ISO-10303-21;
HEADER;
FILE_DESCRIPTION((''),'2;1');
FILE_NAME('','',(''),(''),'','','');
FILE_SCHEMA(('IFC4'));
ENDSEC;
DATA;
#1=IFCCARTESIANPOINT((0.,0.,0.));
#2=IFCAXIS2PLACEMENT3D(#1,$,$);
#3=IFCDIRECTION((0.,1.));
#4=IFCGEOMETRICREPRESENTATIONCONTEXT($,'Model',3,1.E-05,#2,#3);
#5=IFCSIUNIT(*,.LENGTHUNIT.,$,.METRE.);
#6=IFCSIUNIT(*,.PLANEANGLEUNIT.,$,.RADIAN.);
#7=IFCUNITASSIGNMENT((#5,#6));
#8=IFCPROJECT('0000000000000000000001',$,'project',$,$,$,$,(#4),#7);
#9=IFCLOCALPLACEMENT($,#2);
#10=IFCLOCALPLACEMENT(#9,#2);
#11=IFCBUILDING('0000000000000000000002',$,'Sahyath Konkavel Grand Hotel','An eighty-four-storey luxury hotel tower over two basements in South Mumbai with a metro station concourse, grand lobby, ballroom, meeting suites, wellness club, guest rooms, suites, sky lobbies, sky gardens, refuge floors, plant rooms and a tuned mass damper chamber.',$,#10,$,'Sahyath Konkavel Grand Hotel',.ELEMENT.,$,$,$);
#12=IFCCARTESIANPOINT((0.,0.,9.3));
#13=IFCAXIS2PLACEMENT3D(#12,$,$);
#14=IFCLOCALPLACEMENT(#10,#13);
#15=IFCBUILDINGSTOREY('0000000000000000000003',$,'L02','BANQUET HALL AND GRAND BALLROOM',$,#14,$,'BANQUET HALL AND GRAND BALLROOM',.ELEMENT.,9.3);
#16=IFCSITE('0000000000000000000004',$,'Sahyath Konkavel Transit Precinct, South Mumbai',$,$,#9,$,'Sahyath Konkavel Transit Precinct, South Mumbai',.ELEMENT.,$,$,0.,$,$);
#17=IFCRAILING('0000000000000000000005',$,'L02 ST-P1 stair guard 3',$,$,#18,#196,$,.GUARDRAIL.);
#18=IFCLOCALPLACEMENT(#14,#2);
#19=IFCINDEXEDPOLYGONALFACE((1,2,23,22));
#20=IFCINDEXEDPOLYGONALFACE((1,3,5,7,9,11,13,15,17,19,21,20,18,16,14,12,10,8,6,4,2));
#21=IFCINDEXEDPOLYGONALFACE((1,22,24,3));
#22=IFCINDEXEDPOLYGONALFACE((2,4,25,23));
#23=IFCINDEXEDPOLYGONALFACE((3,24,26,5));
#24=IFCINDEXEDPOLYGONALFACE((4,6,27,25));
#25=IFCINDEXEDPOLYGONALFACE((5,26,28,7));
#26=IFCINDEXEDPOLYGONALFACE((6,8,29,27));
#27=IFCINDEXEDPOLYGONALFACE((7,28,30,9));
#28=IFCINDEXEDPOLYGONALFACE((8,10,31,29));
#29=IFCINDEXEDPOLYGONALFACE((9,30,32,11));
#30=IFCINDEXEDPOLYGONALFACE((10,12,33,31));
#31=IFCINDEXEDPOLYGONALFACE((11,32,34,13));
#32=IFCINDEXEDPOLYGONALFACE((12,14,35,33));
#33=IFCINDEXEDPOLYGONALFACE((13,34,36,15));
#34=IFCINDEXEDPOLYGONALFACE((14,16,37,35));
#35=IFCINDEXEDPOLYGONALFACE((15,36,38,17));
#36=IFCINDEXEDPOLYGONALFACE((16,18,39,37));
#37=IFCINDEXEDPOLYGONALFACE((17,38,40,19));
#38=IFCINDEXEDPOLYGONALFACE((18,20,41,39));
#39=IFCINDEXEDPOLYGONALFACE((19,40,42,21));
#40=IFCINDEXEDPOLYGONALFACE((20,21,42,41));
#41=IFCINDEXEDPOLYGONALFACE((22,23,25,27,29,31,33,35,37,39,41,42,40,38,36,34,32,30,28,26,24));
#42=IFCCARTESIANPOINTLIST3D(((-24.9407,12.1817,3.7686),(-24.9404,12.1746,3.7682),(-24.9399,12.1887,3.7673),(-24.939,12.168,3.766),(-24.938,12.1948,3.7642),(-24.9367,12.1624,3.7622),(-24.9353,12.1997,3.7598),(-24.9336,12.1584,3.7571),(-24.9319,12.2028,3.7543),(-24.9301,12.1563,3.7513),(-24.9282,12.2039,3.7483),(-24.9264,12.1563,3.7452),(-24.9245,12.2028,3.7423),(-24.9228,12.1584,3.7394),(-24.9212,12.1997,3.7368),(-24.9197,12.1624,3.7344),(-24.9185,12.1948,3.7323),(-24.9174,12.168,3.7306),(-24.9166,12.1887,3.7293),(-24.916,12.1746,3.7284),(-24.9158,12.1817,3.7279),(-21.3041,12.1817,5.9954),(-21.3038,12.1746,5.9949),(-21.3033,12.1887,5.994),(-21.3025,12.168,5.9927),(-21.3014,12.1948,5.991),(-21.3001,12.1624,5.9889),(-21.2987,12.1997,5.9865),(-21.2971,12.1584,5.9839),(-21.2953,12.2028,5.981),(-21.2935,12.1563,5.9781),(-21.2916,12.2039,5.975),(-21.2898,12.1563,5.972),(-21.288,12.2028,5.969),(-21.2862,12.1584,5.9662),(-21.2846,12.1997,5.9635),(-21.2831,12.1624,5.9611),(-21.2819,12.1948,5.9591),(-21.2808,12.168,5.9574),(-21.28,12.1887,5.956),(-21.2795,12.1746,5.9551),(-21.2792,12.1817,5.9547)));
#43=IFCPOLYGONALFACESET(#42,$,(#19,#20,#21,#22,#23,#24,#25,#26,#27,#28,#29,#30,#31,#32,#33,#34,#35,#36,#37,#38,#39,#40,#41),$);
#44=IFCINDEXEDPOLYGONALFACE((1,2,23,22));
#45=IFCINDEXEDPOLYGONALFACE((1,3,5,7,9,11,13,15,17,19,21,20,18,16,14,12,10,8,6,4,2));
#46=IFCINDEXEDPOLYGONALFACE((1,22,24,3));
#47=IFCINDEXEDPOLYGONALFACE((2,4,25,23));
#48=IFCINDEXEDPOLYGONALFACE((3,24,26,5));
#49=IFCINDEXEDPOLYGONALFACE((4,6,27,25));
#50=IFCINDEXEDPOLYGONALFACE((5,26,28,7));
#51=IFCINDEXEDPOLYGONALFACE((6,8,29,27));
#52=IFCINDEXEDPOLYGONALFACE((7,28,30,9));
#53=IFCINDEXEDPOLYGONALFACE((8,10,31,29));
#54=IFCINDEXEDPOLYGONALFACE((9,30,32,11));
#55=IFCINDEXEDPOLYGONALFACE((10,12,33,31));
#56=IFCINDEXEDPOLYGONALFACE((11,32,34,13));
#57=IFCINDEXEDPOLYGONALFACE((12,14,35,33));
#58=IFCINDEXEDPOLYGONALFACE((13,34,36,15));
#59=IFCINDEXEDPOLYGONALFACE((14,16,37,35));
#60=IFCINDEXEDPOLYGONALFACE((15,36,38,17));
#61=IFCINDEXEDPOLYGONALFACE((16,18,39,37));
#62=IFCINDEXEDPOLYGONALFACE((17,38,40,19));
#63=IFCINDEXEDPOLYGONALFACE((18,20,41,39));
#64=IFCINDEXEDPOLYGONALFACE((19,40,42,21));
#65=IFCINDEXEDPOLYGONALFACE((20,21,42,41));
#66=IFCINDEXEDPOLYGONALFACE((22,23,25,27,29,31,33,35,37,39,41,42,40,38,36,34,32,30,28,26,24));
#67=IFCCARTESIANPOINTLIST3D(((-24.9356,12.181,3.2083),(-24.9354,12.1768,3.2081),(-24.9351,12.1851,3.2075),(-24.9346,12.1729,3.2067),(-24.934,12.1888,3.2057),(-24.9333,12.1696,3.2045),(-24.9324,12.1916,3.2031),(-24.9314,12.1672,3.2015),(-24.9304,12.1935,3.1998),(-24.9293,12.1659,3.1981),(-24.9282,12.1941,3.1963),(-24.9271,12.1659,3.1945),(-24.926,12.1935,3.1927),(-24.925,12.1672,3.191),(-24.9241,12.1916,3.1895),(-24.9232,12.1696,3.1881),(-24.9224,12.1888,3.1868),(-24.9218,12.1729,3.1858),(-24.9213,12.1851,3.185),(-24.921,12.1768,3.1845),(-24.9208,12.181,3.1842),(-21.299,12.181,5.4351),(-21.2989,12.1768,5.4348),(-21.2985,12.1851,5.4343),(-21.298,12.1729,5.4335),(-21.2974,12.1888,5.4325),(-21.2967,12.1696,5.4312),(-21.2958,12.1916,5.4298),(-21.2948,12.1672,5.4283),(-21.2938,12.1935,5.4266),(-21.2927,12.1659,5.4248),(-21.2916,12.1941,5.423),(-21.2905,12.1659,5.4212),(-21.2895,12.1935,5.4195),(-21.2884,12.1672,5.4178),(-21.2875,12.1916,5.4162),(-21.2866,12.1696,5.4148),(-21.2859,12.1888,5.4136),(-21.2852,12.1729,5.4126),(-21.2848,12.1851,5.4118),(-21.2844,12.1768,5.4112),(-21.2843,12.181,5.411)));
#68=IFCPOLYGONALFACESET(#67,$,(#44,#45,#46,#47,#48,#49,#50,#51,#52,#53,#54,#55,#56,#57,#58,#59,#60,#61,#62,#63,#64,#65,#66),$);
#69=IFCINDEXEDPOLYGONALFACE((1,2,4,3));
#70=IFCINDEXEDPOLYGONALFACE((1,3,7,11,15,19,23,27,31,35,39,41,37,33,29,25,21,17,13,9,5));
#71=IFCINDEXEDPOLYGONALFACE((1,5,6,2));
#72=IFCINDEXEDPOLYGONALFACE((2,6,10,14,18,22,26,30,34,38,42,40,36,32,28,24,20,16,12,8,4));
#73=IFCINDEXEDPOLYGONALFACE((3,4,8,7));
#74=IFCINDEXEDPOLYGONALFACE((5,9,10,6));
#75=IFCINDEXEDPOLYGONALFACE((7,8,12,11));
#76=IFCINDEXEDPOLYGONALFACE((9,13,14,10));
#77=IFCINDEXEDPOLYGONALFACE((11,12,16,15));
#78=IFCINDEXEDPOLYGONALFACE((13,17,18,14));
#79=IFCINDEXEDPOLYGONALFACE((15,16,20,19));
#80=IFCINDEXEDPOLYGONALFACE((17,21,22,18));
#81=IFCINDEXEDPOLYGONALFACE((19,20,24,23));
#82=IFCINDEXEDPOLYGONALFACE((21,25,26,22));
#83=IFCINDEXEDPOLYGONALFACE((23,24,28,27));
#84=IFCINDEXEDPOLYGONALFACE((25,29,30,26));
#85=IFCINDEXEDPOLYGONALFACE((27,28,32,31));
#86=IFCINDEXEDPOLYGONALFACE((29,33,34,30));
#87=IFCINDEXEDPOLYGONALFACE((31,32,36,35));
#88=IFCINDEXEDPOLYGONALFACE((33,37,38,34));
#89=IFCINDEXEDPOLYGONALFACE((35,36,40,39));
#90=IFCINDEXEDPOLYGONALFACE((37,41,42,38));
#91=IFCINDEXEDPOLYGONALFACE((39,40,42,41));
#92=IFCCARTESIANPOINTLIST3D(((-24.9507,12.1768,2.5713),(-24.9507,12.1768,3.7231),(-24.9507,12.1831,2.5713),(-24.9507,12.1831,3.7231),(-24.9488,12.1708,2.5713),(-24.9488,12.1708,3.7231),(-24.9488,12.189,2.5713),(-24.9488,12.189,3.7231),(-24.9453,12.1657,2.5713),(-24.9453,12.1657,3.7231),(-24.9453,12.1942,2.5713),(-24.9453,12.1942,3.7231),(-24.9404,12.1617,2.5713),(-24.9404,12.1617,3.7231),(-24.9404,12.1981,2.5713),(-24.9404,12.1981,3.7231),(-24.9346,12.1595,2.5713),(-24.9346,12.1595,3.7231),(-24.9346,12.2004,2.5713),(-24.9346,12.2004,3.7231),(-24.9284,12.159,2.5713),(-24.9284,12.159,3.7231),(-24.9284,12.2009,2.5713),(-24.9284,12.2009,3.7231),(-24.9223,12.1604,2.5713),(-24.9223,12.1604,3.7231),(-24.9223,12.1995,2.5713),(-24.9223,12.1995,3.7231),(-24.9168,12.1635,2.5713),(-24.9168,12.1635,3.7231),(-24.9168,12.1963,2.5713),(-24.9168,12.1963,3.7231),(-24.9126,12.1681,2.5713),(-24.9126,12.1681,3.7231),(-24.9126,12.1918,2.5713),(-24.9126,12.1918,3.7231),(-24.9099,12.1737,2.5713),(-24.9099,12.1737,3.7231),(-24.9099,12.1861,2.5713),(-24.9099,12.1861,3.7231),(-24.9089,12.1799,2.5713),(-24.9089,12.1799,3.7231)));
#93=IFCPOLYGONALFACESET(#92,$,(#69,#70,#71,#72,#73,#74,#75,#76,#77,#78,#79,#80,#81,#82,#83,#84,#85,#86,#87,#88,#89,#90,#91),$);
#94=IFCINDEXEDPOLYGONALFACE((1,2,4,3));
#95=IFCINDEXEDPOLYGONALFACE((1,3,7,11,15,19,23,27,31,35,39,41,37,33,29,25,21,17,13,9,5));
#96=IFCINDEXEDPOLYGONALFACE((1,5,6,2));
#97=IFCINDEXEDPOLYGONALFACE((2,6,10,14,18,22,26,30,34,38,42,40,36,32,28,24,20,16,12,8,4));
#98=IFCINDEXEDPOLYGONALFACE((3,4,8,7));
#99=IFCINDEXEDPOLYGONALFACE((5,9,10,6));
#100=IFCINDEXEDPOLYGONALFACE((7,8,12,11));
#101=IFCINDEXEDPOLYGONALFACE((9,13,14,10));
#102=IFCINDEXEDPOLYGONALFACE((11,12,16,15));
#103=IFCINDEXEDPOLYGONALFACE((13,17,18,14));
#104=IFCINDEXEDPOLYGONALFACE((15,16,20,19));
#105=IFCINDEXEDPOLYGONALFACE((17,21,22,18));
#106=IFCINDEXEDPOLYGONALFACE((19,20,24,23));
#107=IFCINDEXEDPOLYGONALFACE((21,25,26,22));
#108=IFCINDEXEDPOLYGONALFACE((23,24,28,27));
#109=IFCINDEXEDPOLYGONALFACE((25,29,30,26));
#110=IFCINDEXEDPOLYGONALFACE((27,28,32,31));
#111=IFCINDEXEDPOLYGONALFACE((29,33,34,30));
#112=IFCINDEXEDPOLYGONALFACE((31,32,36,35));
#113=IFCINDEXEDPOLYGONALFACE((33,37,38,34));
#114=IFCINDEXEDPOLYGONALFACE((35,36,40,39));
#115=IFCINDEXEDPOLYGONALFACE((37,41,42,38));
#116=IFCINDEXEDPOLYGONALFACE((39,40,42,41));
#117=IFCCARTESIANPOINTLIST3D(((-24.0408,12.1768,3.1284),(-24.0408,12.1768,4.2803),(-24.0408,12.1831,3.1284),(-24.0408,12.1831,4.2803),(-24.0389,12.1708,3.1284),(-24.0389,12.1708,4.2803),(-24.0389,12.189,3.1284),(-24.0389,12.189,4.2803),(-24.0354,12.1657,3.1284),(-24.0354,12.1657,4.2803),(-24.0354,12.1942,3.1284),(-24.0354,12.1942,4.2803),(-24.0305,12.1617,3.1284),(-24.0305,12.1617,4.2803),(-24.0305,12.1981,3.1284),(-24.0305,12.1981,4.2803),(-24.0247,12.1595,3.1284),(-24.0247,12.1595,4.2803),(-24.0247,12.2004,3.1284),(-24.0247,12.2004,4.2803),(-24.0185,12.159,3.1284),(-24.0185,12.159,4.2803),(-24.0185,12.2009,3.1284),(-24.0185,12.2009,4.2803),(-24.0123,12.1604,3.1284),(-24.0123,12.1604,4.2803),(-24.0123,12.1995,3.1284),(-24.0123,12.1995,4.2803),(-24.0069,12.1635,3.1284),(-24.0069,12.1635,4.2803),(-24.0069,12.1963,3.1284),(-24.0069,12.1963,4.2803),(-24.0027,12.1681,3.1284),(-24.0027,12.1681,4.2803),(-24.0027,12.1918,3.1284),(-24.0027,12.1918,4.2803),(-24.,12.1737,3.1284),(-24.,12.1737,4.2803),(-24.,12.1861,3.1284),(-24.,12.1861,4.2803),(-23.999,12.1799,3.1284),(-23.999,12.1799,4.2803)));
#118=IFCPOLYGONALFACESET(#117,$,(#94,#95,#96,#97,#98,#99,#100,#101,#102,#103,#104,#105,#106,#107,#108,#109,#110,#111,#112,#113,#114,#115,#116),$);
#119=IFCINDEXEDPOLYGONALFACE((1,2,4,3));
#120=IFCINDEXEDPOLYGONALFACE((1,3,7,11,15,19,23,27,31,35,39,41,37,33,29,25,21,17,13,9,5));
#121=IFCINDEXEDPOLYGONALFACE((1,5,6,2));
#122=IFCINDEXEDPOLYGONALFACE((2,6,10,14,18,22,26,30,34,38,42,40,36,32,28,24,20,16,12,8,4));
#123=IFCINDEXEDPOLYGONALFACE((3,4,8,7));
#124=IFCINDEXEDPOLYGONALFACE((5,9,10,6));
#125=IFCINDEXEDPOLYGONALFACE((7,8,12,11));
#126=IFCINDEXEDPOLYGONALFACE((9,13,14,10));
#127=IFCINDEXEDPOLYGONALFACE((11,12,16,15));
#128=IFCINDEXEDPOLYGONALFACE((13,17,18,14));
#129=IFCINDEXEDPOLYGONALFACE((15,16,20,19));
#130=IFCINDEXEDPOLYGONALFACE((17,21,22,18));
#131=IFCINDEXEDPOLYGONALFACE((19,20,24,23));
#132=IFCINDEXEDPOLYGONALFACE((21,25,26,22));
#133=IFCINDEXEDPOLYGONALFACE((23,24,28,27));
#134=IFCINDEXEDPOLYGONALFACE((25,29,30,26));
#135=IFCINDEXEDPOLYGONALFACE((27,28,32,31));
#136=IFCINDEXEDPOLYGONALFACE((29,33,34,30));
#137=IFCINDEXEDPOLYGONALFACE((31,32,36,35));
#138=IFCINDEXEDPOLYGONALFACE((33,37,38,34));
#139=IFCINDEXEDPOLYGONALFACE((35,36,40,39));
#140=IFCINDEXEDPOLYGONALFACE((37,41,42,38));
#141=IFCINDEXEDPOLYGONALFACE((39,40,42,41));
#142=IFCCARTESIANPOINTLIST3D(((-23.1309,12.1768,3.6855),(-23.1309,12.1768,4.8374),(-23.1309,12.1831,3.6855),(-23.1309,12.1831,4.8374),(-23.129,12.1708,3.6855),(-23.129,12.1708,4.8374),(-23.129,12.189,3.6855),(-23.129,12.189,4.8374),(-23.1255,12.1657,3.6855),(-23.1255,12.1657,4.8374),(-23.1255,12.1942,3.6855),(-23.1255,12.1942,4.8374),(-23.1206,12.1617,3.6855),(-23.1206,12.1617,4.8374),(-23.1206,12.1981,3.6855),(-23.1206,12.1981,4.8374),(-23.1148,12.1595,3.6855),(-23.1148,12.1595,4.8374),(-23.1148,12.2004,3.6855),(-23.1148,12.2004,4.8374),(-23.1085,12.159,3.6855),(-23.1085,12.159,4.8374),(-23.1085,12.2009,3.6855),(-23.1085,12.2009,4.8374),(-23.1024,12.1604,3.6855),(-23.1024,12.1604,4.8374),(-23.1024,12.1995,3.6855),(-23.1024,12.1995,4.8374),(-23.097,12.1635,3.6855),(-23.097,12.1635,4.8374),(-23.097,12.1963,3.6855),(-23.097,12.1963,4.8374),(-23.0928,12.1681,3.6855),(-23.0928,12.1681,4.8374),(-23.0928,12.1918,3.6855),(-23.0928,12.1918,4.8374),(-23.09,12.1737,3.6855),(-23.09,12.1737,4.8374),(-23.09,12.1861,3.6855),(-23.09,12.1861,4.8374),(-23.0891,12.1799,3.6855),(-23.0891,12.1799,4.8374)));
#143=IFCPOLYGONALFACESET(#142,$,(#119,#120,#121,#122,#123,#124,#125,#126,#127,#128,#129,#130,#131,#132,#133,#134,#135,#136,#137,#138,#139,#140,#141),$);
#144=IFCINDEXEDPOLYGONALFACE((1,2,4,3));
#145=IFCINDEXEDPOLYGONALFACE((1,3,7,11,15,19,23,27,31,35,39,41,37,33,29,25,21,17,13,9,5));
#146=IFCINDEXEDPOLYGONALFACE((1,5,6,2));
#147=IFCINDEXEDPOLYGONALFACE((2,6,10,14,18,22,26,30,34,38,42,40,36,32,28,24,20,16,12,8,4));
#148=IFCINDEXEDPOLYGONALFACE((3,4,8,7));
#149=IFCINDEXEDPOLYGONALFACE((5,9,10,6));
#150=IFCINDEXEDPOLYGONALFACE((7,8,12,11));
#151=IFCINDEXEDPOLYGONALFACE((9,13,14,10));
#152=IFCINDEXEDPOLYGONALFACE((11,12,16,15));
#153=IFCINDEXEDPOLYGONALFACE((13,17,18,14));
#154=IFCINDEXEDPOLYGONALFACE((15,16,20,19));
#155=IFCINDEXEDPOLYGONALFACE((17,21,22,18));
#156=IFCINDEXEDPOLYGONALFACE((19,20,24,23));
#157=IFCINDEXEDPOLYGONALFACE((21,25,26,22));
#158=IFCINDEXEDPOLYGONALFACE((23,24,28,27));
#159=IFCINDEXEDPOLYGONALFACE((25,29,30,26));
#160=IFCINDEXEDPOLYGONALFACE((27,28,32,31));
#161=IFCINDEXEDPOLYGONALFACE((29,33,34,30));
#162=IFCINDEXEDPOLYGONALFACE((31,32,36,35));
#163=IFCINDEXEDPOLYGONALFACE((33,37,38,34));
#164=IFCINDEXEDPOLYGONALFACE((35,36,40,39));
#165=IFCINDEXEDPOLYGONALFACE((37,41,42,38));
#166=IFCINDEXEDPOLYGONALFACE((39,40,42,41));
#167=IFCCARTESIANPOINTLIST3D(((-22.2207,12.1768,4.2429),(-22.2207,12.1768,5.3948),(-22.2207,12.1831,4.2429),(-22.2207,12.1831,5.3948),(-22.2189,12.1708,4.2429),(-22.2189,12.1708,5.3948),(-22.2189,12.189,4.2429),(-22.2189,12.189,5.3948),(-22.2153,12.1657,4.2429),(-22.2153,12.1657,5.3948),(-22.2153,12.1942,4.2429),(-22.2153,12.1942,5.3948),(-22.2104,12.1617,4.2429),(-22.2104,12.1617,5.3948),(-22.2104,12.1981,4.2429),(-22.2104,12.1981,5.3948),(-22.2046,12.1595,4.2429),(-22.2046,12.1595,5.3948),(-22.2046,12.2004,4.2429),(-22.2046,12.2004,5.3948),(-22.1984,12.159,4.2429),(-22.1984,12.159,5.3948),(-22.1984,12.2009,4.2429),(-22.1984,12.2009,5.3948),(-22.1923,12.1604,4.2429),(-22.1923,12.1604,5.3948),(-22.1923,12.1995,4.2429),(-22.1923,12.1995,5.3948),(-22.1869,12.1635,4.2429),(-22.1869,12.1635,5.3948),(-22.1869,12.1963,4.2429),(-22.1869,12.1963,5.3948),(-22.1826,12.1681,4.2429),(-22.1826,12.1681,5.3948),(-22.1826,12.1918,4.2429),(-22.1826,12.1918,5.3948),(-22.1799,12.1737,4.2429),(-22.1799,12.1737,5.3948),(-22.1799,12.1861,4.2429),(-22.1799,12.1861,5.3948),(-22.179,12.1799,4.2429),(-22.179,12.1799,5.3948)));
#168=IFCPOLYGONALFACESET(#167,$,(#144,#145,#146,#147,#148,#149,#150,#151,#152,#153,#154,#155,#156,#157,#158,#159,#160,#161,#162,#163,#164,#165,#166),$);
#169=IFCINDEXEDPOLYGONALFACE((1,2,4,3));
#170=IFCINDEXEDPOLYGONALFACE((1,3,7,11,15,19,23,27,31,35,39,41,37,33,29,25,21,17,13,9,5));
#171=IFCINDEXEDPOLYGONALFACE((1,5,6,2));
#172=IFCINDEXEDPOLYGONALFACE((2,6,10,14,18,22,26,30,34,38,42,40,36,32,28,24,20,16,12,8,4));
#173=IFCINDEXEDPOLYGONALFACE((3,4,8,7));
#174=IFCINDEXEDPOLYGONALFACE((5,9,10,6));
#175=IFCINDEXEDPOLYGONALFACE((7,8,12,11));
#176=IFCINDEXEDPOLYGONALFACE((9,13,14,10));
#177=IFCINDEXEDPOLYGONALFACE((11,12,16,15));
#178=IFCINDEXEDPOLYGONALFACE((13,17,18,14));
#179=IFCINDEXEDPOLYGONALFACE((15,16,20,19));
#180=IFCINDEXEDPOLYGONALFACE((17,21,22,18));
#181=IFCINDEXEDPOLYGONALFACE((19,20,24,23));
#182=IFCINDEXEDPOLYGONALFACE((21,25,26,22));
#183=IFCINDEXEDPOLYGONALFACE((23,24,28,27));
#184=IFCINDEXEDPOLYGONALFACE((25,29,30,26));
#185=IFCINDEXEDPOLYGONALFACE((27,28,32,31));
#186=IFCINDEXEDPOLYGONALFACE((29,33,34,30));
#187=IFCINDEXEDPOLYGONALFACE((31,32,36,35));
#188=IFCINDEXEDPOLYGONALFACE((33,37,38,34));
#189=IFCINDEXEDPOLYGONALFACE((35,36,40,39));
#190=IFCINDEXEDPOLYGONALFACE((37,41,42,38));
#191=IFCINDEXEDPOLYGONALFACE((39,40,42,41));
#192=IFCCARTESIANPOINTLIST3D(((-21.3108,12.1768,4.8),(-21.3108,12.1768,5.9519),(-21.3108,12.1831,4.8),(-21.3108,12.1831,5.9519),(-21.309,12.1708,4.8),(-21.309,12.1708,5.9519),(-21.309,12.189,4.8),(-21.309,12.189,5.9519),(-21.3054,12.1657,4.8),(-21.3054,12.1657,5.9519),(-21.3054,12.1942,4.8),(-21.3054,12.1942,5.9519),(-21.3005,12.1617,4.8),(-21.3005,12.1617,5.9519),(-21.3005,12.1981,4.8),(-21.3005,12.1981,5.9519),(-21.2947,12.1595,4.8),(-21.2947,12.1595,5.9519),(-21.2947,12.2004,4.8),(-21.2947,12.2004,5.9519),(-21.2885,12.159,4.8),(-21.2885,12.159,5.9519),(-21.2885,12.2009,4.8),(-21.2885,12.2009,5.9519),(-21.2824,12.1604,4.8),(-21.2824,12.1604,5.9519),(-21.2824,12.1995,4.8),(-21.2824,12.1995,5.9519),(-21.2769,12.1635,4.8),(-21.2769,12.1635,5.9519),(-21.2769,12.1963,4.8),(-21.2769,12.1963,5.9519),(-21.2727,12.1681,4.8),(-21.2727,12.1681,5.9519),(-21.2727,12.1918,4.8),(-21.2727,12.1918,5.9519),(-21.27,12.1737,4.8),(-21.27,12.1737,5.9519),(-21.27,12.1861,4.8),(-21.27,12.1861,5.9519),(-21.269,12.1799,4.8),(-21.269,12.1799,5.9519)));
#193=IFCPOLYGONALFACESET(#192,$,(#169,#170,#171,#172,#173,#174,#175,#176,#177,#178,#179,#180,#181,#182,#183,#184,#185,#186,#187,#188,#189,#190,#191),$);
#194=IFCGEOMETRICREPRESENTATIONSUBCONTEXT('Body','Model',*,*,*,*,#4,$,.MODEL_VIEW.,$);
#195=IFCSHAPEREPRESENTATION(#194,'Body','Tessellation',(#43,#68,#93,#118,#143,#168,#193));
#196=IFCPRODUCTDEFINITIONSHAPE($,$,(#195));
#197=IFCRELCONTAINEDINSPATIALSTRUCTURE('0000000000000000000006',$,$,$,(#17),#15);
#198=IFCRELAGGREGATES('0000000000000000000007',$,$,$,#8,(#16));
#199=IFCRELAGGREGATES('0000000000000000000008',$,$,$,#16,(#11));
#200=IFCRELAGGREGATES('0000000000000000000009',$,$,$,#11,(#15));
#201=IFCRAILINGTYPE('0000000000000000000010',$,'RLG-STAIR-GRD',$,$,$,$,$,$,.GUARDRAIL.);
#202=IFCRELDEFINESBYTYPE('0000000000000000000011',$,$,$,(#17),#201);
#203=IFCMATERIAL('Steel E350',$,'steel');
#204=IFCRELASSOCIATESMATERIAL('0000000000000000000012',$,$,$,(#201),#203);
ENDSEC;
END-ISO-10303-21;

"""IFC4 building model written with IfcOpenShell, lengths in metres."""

from ifc_helpers import new_model, si_unit, direction, frame, origin, origin_2d, place, context, subcontext, project, spatial, circle, extrude, material, type_object, element, save


model = new_model("IFC4")

# Units and contexts
model_context = context("Model", 3, precision=1e-05, world=origin(), true_north=direction((0.0, 1.0)))
body_context = subcontext(model_context, "Body", "Model", "MODEL_VIEW")
ifc_project = project(units=[si_unit("LENGTHUNIT", "METRE"), si_unit("PLANEANGLEUNIT", "RADIAN")], contexts=[model_context])

# Site, building, storey
site_placement = place(None, origin())
site = spatial("IfcSite", under=ifc_project, at=site_placement, Name="Sahyath Konkavel Transit Precinct, South Mumbai", LongName="Sahyath Konkavel Transit Precinct, South Mumbai", CompositionType="ELEMENT", RefElevation=0.0)
building_placement = place(site_placement, origin())
building = spatial("IfcBuilding", under=site, at=building_placement, Name="Sahyath Konkavel Grand Hotel", Description="An eighty-four-storey luxury hotel tower over two basements in South Mumbai with a metro station concourse, grand lobby, ballroom, meeting suites, wellness club, guest rooms, suites, sky lobbies, sky gardens, refuge floors, plant rooms and a tuned mass damper chamber.", LongName="Sahyath Konkavel Grand Hotel", CompositionType="ELEMENT")
storey_placement = place(building_placement, frame((0.0, 0.0, 9.3)))
storey = spatial("IfcBuildingStorey", under=building, at=storey_placement, Name="L02", Description="BANQUET HALL AND GRAND BALLROOM", LongName="BANQUET HALL AND GRAND BALLROOM", CompositionType="ELEMENT", Elevation=9.3)

# Shared definitions
ifc_material_1 = material(Name="Steel E350", Category="steel")

# Railing
railing_type_1 = type_object("IfcRailingType", Name="RLG-STAIR-GRD", PredefinedType="GUARDRAIL", material=ifc_material_1)
railing_1_placement = place(storey_placement, frame((-24.9299, 12.1799, 2.5713)))
element("IfcRailing", 1, at=railing_1_placement, inside=storey, type_object=railing_type_1, Name="L02 ST-P1 stair guard 3", PredefinedType="GUARDRAIL", context=body_context, shape_type="SweptSolid", body=[
    extrude(circle(Radius=0.0239, at=origin_2d()), frame((0.0017, 0.0, 1.177), z_axis=(0.852825, 0.0, 0.522197), x_axis=(0.0, 1.0, 0.0)), (0.0, 0.0, 1.0), 4.2642),
    extrude(circle(Radius=0.0142, at=origin_2d()), frame((0.0017, 0.0, 0.625), z_axis=(0.852825, 0.0, 0.522197), x_axis=(0.0, 1.0, 0.0)), (0.0, 0.0, 1.0), 4.2642),
    extrude(circle(Radius=0.021, at=origin_2d()), origin(), (0.0, 0.0, 1.0), 1.1519),
    extrude(circle(Radius=0.021, at=origin_2d()), frame((0.9099, 0.0, 0.5571)), (0.0, 0.0, 1.0), 1.1519),
    extrude(circle(Radius=0.021, at=origin_2d()), frame((1.8198, 0.0, 1.1143)), (0.0, 0.0, 1.0), 1.1519),
    extrude(circle(Radius=0.021, at=origin_2d()), frame((2.73, 0.0, 1.6716)), (0.0, 0.0, 1.0), 1.1519),
    extrude(circle(Radius=0.021, at=origin_2d()), frame((3.6399, 0.0, 2.2288)), (0.0, 0.0, 1.0), 1.1519),
])

save(model, "model.ifc")
